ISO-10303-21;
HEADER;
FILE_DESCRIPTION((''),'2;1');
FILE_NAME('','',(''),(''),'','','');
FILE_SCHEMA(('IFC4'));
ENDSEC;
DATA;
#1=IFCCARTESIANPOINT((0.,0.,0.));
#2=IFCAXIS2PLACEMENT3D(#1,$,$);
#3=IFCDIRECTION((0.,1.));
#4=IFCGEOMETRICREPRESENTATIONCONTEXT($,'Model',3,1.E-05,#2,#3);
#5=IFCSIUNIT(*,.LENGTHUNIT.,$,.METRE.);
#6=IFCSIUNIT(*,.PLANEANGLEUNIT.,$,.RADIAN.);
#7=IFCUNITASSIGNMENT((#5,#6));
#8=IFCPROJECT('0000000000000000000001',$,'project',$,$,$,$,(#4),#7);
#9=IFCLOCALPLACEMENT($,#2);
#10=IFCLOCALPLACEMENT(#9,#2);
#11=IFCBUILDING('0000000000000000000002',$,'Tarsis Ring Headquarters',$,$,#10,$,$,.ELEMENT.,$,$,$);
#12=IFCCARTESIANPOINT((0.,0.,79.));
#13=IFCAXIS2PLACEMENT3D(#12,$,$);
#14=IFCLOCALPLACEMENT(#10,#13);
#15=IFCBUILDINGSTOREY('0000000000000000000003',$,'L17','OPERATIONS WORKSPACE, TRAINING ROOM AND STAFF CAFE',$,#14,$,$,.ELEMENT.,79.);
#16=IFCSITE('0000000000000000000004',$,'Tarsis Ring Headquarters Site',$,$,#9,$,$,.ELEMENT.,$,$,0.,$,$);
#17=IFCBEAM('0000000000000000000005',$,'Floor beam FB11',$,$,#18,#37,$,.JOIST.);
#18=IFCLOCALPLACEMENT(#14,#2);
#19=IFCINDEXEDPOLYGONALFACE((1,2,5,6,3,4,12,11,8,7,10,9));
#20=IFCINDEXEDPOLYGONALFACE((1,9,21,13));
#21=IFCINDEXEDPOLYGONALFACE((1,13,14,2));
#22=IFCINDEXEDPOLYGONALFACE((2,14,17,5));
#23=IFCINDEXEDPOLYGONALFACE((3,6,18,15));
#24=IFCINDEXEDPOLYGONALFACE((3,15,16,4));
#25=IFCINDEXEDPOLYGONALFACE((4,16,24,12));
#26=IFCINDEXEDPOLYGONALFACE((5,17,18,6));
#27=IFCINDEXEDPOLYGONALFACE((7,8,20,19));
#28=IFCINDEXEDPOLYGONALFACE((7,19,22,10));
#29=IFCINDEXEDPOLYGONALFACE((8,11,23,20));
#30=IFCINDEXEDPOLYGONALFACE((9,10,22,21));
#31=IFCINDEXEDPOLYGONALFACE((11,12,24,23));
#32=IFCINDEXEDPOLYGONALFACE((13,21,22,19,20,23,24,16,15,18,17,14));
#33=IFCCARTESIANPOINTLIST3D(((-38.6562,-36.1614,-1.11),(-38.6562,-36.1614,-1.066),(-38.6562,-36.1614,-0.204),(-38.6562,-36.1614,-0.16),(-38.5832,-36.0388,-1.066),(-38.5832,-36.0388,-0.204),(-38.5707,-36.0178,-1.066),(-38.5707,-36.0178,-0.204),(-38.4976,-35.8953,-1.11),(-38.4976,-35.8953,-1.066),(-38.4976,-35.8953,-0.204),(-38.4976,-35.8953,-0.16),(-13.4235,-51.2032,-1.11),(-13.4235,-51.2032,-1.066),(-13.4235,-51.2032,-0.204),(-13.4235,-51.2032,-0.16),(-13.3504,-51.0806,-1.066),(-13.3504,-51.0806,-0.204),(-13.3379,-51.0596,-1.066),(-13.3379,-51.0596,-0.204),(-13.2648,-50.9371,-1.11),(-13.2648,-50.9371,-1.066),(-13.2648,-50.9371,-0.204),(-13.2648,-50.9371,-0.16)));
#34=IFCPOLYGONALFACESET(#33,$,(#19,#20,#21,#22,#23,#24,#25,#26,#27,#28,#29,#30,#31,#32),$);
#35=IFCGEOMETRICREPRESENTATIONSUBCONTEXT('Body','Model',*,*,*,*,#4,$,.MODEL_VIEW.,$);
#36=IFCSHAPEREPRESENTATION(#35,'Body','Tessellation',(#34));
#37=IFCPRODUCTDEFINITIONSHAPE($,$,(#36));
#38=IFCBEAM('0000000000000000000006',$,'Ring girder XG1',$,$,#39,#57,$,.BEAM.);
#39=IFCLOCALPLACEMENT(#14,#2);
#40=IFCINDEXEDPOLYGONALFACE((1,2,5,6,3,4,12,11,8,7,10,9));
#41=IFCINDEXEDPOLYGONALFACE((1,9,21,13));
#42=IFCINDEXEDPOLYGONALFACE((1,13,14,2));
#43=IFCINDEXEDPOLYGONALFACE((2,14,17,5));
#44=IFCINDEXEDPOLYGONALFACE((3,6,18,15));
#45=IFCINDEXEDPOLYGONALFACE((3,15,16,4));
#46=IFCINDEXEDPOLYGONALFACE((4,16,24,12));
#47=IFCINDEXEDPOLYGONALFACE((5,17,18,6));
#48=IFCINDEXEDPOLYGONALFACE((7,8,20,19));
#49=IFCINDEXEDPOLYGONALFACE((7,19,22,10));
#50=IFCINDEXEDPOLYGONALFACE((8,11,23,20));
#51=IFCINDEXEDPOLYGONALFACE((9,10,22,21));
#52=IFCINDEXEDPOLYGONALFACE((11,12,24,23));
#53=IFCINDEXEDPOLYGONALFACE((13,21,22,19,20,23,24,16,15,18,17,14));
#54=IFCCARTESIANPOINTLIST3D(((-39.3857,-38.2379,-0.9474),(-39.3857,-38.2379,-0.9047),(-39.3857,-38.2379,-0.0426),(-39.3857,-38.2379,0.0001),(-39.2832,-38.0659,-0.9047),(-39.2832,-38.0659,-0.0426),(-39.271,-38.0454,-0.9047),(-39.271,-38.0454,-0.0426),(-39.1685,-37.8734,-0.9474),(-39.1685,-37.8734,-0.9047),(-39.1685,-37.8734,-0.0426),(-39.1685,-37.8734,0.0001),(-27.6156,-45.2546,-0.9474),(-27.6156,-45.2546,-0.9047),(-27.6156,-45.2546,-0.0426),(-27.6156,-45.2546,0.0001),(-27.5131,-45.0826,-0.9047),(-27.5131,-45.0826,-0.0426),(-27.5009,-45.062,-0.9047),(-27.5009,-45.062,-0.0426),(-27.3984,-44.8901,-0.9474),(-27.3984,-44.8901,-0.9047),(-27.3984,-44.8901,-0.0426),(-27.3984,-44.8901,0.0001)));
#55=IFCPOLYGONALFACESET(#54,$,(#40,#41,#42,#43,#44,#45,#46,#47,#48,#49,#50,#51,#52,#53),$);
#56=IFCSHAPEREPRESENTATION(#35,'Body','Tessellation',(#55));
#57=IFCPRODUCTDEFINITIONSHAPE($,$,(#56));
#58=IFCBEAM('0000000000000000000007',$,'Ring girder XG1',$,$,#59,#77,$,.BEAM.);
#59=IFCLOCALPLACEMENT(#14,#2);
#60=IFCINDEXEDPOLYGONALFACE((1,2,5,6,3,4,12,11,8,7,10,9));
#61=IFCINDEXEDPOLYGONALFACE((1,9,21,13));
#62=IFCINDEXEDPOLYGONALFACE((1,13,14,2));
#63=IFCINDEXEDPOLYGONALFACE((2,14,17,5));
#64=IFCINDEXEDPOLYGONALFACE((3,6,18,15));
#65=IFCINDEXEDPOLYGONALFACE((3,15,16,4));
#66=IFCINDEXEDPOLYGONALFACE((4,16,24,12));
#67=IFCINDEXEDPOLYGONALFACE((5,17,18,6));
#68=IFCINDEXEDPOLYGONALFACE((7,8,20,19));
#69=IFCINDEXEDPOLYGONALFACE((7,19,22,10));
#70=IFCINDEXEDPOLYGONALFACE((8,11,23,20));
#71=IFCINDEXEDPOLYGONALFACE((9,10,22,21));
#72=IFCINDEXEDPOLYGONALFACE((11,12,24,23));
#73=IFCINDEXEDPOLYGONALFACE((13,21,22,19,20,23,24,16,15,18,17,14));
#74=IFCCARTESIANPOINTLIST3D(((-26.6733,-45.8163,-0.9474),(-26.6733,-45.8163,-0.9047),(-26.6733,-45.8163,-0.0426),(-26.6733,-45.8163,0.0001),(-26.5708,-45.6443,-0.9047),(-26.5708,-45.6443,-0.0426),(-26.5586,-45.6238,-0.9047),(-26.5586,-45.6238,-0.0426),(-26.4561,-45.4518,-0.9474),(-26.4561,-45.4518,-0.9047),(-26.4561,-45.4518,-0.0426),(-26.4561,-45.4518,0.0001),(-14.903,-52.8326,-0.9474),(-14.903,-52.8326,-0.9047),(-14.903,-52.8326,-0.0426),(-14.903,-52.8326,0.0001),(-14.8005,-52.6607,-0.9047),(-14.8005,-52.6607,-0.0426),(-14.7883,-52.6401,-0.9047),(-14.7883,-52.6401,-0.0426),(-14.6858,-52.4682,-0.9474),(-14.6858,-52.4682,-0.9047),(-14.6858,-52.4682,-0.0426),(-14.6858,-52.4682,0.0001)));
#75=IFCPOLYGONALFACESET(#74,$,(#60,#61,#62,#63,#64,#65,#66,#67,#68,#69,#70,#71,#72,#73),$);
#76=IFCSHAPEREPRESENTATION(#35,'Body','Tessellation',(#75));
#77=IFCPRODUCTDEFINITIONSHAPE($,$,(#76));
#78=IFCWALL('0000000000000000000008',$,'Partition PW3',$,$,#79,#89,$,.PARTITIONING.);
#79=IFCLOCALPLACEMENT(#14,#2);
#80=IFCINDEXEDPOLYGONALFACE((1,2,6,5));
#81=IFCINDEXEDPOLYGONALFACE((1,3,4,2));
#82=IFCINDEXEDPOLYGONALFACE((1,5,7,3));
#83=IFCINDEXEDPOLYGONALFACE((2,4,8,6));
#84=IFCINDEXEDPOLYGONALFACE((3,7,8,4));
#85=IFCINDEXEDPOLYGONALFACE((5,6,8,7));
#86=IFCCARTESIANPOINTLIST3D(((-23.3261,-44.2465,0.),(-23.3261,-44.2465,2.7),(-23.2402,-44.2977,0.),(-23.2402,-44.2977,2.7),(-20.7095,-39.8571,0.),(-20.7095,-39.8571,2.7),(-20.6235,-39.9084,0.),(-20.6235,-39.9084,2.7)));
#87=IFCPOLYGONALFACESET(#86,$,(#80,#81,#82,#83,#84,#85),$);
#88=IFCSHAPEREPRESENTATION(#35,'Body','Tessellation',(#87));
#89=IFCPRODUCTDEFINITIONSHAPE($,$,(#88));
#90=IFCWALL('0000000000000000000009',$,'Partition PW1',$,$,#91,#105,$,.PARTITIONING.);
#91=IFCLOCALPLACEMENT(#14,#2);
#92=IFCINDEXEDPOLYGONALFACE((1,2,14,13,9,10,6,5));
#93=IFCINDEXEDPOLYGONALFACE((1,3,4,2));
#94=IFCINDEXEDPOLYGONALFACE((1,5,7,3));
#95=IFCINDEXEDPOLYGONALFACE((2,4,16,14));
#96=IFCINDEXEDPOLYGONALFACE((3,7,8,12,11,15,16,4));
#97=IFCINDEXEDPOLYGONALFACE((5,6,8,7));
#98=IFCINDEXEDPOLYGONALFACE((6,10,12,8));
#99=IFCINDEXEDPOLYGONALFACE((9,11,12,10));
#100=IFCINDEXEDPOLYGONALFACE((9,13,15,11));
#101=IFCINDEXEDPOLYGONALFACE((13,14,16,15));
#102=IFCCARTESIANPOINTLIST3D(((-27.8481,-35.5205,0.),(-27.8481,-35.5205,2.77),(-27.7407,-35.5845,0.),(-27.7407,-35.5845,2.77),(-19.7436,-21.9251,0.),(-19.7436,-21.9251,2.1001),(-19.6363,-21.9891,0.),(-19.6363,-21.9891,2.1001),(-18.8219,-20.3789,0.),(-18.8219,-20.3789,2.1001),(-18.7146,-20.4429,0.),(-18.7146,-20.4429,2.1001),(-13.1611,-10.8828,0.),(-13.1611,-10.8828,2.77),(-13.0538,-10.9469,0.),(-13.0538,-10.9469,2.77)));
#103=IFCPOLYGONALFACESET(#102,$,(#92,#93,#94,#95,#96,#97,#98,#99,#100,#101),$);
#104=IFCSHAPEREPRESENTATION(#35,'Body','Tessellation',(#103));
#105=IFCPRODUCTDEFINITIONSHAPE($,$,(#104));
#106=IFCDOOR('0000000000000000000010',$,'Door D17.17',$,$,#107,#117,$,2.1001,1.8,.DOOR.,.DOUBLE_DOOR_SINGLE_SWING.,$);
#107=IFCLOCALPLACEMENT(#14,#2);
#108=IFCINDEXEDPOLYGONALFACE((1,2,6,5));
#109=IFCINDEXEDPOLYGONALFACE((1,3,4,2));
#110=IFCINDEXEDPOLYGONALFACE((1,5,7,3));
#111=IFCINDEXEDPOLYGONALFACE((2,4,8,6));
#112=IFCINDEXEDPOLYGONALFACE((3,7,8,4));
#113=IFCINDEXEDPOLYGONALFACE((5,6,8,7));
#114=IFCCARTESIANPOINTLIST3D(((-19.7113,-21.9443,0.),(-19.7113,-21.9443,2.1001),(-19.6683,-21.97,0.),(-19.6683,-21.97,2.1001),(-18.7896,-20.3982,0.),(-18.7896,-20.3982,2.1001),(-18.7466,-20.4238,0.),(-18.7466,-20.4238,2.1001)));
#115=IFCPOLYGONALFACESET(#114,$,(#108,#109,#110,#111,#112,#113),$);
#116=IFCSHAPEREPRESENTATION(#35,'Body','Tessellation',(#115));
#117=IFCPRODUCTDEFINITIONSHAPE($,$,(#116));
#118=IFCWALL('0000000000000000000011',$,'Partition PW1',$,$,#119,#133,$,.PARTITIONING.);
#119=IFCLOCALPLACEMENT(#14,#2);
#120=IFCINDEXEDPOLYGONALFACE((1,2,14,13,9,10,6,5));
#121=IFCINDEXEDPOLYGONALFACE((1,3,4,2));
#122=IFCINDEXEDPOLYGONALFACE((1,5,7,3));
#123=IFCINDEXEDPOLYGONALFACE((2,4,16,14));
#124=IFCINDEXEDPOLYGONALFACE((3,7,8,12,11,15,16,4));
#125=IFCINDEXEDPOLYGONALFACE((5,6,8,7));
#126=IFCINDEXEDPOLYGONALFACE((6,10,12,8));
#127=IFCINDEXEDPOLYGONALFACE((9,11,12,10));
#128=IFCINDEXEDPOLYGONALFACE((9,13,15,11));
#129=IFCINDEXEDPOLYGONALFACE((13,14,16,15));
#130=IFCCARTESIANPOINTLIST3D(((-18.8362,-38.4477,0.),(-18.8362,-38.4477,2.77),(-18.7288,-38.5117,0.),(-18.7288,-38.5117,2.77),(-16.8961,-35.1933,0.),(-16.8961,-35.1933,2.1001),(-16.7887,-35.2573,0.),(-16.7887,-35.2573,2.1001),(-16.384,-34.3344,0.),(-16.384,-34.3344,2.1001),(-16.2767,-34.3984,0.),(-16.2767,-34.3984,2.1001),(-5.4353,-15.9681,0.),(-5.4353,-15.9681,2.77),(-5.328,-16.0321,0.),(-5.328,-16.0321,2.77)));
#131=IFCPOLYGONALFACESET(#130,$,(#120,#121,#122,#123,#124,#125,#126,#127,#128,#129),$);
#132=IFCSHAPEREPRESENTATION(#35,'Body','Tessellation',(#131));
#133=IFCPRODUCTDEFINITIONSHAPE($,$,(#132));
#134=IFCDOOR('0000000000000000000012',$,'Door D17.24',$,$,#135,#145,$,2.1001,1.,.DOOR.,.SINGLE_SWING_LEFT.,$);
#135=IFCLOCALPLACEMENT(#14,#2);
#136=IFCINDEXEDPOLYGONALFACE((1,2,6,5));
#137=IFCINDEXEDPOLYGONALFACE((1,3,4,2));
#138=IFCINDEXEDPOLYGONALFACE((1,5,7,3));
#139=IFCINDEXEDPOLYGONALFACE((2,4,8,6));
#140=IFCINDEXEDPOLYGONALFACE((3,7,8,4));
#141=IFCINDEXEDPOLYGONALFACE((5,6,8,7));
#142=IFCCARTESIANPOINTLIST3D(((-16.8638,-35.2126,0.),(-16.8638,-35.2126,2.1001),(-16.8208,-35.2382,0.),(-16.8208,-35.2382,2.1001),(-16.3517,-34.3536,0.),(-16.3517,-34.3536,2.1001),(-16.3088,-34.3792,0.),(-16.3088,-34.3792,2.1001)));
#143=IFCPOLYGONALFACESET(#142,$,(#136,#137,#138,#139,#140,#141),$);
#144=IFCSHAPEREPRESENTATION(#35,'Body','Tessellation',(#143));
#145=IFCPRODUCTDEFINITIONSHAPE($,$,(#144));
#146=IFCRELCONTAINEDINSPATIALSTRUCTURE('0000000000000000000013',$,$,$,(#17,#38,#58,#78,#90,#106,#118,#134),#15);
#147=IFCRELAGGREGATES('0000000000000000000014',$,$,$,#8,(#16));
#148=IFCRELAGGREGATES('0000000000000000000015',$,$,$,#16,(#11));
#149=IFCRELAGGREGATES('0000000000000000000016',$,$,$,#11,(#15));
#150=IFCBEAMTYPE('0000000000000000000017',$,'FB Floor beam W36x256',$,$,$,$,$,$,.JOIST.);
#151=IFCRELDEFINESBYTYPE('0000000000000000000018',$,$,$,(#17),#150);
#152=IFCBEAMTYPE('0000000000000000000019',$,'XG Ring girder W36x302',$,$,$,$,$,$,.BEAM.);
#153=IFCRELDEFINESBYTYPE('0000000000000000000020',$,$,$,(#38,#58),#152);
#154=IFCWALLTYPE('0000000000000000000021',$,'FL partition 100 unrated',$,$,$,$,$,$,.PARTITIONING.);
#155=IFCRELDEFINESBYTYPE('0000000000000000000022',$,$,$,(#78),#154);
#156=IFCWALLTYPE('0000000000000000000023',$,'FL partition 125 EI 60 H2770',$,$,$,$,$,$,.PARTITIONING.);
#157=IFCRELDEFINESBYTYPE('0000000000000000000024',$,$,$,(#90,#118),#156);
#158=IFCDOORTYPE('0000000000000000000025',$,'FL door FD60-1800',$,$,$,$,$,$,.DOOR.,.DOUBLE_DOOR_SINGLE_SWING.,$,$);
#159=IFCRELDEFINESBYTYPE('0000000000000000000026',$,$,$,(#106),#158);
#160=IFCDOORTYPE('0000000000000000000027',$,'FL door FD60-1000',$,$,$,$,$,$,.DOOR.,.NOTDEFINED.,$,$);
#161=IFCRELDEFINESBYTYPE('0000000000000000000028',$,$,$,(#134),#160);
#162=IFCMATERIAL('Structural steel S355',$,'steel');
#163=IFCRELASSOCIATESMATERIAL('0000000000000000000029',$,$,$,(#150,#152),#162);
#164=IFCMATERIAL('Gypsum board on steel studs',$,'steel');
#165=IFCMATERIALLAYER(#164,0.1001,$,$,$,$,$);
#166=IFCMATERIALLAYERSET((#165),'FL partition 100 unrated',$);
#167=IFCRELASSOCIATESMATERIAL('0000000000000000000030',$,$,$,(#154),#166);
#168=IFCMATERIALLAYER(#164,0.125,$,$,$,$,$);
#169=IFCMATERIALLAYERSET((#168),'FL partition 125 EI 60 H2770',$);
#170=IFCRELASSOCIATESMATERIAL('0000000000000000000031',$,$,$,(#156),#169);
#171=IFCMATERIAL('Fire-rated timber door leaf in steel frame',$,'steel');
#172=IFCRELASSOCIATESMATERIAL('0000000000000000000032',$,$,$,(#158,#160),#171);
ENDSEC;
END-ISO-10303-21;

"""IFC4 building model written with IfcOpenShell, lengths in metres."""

from ifc_helpers import new_model, si_unit, direction, frame, frame_2d, origin, origin_2d, place, context, subcontext, project, spatial, rectangle, i_section, extrude, material, layer, layer_set, material_profile, profile_set, type_object, element, fill, save


model = new_model("IFC4")

# Units and contexts
model_context = context("Model", 3, precision=1e-05, world=origin(), true_north=direction((0.0, 1.0)))
body_context = subcontext(model_context, "Body", "Model", "MODEL_VIEW")
ifc_project = project(units=[si_unit("LENGTHUNIT", "METRE"), si_unit("PLANEANGLEUNIT", "RADIAN")], contexts=[model_context])

# Site, building, storey
site_placement = place(None, origin())
site = spatial("IfcSite", under=ifc_project, at=site_placement, Name="Tarsis Ring Headquarters Site", CompositionType="ELEMENT", RefElevation=0.0)
building_placement = place(site_placement, origin())
building = spatial("IfcBuilding", under=site, at=building_placement, Name="Tarsis Ring Headquarters", CompositionType="ELEMENT")
storey_placement = place(building_placement, frame((0.0, 0.0, 79.0)))
storey = spatial("IfcBuildingStorey", under=building, at=storey_placement, Name="L17", Description="OPERATIONS WORKSPACE, TRAINING ROOM AND STAFF CAFE", CompositionType="ELEMENT", Elevation=79.0)

# Beams
ifc_material_1 = material(Name="Structural steel S355", Category="steel")
ifc_material_profile_1 = material_profile(ifc_material_1, i_section(OverallWidth=0.3098, OverallDepth=0.95, WebThickness=0.0244, FlangeThickness=0.0439, at=origin_2d()), Name="W36x256")
ifc_profile_set_1 = profile_set([ifc_material_profile_1], Name="Structural steel S355")
beam_type_1 = type_object("IfcBeamType", Name="FB Floor beam W36x256", PredefinedType="JOIST", material=ifc_profile_set_1)
beam_placement = place(storey_placement, frame((-38.5769, -36.0283, -0.635), z_axis=(0.858959, -0.512044, 0.0), x_axis=(0.512044, 0.858959, 0.0)))
element("IfcBeam", 1, at=beam_placement, inside=storey, type_object=beam_type_1, Name="Floor beam FB11", PredefinedType="JOIST", context=body_context, shape_type="SweptSolid", body=[
    extrude(i_section(OverallWidth=0.3098, OverallDepth=0.95, WebThickness=0.0244, FlangeThickness=0.0439, at=origin_2d()), origin(), (0.0, 0.0, 1.0), 29.376),
])
ifc_material_profile_2 = material_profile(ifc_material_1, i_section(OverallWidth=0.4243, OverallDepth=0.9475, WebThickness=0.0239, FlangeThickness=0.0427, at=origin_2d()), Name="W36x302")
ifc_profile_set_2 = profile_set([ifc_material_profile_2], Name="Structural steel S355")
beam_type_2 = type_object("IfcBeamType", Name="XG Ring girder W36x302", PredefinedType="BEAM", material=ifc_profile_set_2)
for number, where, z_axis, x_axis, name in (
    (2, (-39.2771, -38.0557, -0.4736), (0.858951, -0.512057, 0.0), (0.512057, 0.858951, 0.0), "Ring girder XG1"),
    (3, (-26.5647, -45.634, -0.4736), (0.858964, -0.512036, 0.0), (0.512036, 0.858964, 0.0), "Ring girder XG1"),
):
    element("IfcBeam", number, at=place(storey_placement, frame(where, z_axis=z_axis, x_axis=x_axis)), inside=storey, type_object=beam_type_2, Name=name, PredefinedType="BEAM", context=body_context, shape_type="SweptSolid", body=[
        extrude(i_section(OverallWidth=0.4243, OverallDepth=0.9475, WebThickness=0.0239, FlangeThickness=0.0427, at=origin_2d()), origin(), (0.0, 0.0, 1.0), 13.7029),
    ])

# Wall
ifc_material_2 = material(Name="Gypsum board on steel studs", Category="steel")
ifc_layer_1 = layer(ifc_material_2, 0.1001)
ifc_layer_set_1 = layer_set([ifc_layer_1], Name="FL partition 100 unrated")
wall_type_1 = type_object("IfcWallType", Name="FL partition 100 unrated", PredefinedType="PARTITIONING", material=ifc_layer_set_1)
wall_1_placement = place(storey_placement, frame((-23.2832, -44.2722, 0.0), z_axis=(0.0, 0.0, 1.0), x_axis=(0.512056, 0.858952, 0.0)))
element("IfcWall", 4, at=wall_1_placement, inside=storey, type_object=wall_type_1, Name="Partition PW3", PredefinedType="PARTITIONING", context=body_context, shape_type="SweptSolid", body=[
    extrude(rectangle(XDim=5.1101, YDim=0.1001, at=frame_2d((2.5552, 0.0))), origin(), (0.0, 0.0, 1.0), 2.7),
])

# Walls, openings, doors
ifc_layer_2 = layer(ifc_material_2, 0.125)
ifc_layer_set_2 = layer_set([ifc_layer_2], Name="FL partition 125 EI 60 H2770")
wall_type_2 = type_object("IfcWallType", Name="FL partition 125 EI 60 H2770", PredefinedType="PARTITIONING", material=ifc_layer_set_2)
wall_2_placement = place(storey_placement, frame((-27.7944, -35.5525, 0.0), z_axis=(0.0, 0.0, 1.0), x_axis=(0.512043, 0.85896, 0.0)))
wall_2 = element("IfcWall", 5, at=wall_2_placement, inside=storey, type_object=wall_type_2, Name="Partition PW1", PredefinedType="PARTITIONING", context=body_context, shape_type="SweptSolid", body=[
    extrude(rectangle(XDim=28.6831, YDim=0.125, at=frame_2d((14.3416, 0.0))), origin(), (0.0, 0.0, 1.0), 2.77),
])
opening_1_placement = place(wall_2_placement, frame((15.8279, 0.0, 0.0)))
opening_1 = element("IfcOpeningElement", 6, at=opening_1_placement, cuts=wall_2, PredefinedType="OPENING", context=body_context, shape_type="SweptSolid", body=[
    extrude(rectangle(XDim=1.8, YDim=2.1001, at=frame_2d((0.8999, 1.05))), frame((0.0, 0.0725, 0.0), z_axis=(0.0, -1.0, 0.0), x_axis=(1.0, 0.0, 0.0)), (0.0, 0.0, 1.0), 0.145),
])
ifc_material_3 = material(Name="Fire-rated timber door leaf in steel frame", Category="steel")
door_type_1 = type_object("IfcDoorType", Name="FL door FD60-1800", OperationType="DOUBLE_DOOR_SINGLE_SWING", PredefinedType="DOOR", material=ifc_material_3)
door_1_placement = place(opening_1_placement, origin())
door_1 = element("IfcDoor", 7, at=door_1_placement, inside=storey, type_object=door_type_1, Name="Door D17.17", OperationType="DOUBLE_DOOR_SINGLE_SWING", OverallHeight=2.1001, OverallWidth=1.8, PredefinedType="DOOR", context=body_context, shape_type="SweptSolid", body=[
    extrude(rectangle(XDim=1.8, YDim=2.1001, at=frame_2d((0.8999, 1.05))), frame((0.0, 0.0249, 0.0), z_axis=(0.0, -1.0, 0.0), x_axis=(1.0, 0.0, 0.0)), (0.0, 0.0, 1.0), 0.05),
])
fill(opening_1, door_1)
wall_3_placement = place(storey_placement, frame((-18.7825, -38.4797, 0.0), z_axis=(0.0, 0.0, 1.0), x_axis=(0.51205, 0.858955, 0.0)))
wall_3 = element("IfcWall", 8, at=wall_3_placement, inside=storey, type_object=wall_type_2, Name="Partition PW1", PredefinedType="PARTITIONING", context=body_context, shape_type="SweptSolid", body=[
    extrude(rectangle(XDim=26.1709, YDim=0.125, at=frame_2d((13.0854, 0.0))), origin(), (0.0, 0.0, 1.0), 2.77),
])
opening_2_placement = place(wall_3_placement, frame((3.7888, 0.0, 0.0)))
opening_2 = element("IfcOpeningElement", 9, at=opening_2_placement, cuts=wall_3, PredefinedType="OPENING", context=body_context, shape_type="SweptSolid", body=[
    extrude(rectangle(XDim=1.0, YDim=2.1001, at=frame_2d((0.5, 1.05))), frame((0.0, 0.0725, 0.0), z_axis=(0.0, -1.0, 0.0), x_axis=(1.0, 0.0, 0.0)), (0.0, 0.0, 1.0), 0.145),
])
door_type_2 = type_object("IfcDoorType", Name="FL door FD60-1000", OperationType="NOTDEFINED", PredefinedType="DOOR", material=ifc_material_3)
door_2_placement = place(opening_2_placement, origin())
door_2 = element("IfcDoor", 10, at=door_2_placement, inside=storey, type_object=door_type_2, Name="Door D17.24", OperationType="SINGLE_SWING_LEFT", OverallHeight=2.1001, OverallWidth=1.0, PredefinedType="DOOR", context=body_context, shape_type="SweptSolid", body=[
    extrude(rectangle(XDim=1.0, YDim=2.1001, at=frame_2d((0.5, 1.05))), frame((0.0, 0.0249, 0.0), z_axis=(0.0, -1.0, 0.0), x_axis=(1.0, 0.0, 0.0)), (0.0, 0.0, 1.0), 0.05),
])
fill(opening_2, door_2)

save(model, "model.ifc")
